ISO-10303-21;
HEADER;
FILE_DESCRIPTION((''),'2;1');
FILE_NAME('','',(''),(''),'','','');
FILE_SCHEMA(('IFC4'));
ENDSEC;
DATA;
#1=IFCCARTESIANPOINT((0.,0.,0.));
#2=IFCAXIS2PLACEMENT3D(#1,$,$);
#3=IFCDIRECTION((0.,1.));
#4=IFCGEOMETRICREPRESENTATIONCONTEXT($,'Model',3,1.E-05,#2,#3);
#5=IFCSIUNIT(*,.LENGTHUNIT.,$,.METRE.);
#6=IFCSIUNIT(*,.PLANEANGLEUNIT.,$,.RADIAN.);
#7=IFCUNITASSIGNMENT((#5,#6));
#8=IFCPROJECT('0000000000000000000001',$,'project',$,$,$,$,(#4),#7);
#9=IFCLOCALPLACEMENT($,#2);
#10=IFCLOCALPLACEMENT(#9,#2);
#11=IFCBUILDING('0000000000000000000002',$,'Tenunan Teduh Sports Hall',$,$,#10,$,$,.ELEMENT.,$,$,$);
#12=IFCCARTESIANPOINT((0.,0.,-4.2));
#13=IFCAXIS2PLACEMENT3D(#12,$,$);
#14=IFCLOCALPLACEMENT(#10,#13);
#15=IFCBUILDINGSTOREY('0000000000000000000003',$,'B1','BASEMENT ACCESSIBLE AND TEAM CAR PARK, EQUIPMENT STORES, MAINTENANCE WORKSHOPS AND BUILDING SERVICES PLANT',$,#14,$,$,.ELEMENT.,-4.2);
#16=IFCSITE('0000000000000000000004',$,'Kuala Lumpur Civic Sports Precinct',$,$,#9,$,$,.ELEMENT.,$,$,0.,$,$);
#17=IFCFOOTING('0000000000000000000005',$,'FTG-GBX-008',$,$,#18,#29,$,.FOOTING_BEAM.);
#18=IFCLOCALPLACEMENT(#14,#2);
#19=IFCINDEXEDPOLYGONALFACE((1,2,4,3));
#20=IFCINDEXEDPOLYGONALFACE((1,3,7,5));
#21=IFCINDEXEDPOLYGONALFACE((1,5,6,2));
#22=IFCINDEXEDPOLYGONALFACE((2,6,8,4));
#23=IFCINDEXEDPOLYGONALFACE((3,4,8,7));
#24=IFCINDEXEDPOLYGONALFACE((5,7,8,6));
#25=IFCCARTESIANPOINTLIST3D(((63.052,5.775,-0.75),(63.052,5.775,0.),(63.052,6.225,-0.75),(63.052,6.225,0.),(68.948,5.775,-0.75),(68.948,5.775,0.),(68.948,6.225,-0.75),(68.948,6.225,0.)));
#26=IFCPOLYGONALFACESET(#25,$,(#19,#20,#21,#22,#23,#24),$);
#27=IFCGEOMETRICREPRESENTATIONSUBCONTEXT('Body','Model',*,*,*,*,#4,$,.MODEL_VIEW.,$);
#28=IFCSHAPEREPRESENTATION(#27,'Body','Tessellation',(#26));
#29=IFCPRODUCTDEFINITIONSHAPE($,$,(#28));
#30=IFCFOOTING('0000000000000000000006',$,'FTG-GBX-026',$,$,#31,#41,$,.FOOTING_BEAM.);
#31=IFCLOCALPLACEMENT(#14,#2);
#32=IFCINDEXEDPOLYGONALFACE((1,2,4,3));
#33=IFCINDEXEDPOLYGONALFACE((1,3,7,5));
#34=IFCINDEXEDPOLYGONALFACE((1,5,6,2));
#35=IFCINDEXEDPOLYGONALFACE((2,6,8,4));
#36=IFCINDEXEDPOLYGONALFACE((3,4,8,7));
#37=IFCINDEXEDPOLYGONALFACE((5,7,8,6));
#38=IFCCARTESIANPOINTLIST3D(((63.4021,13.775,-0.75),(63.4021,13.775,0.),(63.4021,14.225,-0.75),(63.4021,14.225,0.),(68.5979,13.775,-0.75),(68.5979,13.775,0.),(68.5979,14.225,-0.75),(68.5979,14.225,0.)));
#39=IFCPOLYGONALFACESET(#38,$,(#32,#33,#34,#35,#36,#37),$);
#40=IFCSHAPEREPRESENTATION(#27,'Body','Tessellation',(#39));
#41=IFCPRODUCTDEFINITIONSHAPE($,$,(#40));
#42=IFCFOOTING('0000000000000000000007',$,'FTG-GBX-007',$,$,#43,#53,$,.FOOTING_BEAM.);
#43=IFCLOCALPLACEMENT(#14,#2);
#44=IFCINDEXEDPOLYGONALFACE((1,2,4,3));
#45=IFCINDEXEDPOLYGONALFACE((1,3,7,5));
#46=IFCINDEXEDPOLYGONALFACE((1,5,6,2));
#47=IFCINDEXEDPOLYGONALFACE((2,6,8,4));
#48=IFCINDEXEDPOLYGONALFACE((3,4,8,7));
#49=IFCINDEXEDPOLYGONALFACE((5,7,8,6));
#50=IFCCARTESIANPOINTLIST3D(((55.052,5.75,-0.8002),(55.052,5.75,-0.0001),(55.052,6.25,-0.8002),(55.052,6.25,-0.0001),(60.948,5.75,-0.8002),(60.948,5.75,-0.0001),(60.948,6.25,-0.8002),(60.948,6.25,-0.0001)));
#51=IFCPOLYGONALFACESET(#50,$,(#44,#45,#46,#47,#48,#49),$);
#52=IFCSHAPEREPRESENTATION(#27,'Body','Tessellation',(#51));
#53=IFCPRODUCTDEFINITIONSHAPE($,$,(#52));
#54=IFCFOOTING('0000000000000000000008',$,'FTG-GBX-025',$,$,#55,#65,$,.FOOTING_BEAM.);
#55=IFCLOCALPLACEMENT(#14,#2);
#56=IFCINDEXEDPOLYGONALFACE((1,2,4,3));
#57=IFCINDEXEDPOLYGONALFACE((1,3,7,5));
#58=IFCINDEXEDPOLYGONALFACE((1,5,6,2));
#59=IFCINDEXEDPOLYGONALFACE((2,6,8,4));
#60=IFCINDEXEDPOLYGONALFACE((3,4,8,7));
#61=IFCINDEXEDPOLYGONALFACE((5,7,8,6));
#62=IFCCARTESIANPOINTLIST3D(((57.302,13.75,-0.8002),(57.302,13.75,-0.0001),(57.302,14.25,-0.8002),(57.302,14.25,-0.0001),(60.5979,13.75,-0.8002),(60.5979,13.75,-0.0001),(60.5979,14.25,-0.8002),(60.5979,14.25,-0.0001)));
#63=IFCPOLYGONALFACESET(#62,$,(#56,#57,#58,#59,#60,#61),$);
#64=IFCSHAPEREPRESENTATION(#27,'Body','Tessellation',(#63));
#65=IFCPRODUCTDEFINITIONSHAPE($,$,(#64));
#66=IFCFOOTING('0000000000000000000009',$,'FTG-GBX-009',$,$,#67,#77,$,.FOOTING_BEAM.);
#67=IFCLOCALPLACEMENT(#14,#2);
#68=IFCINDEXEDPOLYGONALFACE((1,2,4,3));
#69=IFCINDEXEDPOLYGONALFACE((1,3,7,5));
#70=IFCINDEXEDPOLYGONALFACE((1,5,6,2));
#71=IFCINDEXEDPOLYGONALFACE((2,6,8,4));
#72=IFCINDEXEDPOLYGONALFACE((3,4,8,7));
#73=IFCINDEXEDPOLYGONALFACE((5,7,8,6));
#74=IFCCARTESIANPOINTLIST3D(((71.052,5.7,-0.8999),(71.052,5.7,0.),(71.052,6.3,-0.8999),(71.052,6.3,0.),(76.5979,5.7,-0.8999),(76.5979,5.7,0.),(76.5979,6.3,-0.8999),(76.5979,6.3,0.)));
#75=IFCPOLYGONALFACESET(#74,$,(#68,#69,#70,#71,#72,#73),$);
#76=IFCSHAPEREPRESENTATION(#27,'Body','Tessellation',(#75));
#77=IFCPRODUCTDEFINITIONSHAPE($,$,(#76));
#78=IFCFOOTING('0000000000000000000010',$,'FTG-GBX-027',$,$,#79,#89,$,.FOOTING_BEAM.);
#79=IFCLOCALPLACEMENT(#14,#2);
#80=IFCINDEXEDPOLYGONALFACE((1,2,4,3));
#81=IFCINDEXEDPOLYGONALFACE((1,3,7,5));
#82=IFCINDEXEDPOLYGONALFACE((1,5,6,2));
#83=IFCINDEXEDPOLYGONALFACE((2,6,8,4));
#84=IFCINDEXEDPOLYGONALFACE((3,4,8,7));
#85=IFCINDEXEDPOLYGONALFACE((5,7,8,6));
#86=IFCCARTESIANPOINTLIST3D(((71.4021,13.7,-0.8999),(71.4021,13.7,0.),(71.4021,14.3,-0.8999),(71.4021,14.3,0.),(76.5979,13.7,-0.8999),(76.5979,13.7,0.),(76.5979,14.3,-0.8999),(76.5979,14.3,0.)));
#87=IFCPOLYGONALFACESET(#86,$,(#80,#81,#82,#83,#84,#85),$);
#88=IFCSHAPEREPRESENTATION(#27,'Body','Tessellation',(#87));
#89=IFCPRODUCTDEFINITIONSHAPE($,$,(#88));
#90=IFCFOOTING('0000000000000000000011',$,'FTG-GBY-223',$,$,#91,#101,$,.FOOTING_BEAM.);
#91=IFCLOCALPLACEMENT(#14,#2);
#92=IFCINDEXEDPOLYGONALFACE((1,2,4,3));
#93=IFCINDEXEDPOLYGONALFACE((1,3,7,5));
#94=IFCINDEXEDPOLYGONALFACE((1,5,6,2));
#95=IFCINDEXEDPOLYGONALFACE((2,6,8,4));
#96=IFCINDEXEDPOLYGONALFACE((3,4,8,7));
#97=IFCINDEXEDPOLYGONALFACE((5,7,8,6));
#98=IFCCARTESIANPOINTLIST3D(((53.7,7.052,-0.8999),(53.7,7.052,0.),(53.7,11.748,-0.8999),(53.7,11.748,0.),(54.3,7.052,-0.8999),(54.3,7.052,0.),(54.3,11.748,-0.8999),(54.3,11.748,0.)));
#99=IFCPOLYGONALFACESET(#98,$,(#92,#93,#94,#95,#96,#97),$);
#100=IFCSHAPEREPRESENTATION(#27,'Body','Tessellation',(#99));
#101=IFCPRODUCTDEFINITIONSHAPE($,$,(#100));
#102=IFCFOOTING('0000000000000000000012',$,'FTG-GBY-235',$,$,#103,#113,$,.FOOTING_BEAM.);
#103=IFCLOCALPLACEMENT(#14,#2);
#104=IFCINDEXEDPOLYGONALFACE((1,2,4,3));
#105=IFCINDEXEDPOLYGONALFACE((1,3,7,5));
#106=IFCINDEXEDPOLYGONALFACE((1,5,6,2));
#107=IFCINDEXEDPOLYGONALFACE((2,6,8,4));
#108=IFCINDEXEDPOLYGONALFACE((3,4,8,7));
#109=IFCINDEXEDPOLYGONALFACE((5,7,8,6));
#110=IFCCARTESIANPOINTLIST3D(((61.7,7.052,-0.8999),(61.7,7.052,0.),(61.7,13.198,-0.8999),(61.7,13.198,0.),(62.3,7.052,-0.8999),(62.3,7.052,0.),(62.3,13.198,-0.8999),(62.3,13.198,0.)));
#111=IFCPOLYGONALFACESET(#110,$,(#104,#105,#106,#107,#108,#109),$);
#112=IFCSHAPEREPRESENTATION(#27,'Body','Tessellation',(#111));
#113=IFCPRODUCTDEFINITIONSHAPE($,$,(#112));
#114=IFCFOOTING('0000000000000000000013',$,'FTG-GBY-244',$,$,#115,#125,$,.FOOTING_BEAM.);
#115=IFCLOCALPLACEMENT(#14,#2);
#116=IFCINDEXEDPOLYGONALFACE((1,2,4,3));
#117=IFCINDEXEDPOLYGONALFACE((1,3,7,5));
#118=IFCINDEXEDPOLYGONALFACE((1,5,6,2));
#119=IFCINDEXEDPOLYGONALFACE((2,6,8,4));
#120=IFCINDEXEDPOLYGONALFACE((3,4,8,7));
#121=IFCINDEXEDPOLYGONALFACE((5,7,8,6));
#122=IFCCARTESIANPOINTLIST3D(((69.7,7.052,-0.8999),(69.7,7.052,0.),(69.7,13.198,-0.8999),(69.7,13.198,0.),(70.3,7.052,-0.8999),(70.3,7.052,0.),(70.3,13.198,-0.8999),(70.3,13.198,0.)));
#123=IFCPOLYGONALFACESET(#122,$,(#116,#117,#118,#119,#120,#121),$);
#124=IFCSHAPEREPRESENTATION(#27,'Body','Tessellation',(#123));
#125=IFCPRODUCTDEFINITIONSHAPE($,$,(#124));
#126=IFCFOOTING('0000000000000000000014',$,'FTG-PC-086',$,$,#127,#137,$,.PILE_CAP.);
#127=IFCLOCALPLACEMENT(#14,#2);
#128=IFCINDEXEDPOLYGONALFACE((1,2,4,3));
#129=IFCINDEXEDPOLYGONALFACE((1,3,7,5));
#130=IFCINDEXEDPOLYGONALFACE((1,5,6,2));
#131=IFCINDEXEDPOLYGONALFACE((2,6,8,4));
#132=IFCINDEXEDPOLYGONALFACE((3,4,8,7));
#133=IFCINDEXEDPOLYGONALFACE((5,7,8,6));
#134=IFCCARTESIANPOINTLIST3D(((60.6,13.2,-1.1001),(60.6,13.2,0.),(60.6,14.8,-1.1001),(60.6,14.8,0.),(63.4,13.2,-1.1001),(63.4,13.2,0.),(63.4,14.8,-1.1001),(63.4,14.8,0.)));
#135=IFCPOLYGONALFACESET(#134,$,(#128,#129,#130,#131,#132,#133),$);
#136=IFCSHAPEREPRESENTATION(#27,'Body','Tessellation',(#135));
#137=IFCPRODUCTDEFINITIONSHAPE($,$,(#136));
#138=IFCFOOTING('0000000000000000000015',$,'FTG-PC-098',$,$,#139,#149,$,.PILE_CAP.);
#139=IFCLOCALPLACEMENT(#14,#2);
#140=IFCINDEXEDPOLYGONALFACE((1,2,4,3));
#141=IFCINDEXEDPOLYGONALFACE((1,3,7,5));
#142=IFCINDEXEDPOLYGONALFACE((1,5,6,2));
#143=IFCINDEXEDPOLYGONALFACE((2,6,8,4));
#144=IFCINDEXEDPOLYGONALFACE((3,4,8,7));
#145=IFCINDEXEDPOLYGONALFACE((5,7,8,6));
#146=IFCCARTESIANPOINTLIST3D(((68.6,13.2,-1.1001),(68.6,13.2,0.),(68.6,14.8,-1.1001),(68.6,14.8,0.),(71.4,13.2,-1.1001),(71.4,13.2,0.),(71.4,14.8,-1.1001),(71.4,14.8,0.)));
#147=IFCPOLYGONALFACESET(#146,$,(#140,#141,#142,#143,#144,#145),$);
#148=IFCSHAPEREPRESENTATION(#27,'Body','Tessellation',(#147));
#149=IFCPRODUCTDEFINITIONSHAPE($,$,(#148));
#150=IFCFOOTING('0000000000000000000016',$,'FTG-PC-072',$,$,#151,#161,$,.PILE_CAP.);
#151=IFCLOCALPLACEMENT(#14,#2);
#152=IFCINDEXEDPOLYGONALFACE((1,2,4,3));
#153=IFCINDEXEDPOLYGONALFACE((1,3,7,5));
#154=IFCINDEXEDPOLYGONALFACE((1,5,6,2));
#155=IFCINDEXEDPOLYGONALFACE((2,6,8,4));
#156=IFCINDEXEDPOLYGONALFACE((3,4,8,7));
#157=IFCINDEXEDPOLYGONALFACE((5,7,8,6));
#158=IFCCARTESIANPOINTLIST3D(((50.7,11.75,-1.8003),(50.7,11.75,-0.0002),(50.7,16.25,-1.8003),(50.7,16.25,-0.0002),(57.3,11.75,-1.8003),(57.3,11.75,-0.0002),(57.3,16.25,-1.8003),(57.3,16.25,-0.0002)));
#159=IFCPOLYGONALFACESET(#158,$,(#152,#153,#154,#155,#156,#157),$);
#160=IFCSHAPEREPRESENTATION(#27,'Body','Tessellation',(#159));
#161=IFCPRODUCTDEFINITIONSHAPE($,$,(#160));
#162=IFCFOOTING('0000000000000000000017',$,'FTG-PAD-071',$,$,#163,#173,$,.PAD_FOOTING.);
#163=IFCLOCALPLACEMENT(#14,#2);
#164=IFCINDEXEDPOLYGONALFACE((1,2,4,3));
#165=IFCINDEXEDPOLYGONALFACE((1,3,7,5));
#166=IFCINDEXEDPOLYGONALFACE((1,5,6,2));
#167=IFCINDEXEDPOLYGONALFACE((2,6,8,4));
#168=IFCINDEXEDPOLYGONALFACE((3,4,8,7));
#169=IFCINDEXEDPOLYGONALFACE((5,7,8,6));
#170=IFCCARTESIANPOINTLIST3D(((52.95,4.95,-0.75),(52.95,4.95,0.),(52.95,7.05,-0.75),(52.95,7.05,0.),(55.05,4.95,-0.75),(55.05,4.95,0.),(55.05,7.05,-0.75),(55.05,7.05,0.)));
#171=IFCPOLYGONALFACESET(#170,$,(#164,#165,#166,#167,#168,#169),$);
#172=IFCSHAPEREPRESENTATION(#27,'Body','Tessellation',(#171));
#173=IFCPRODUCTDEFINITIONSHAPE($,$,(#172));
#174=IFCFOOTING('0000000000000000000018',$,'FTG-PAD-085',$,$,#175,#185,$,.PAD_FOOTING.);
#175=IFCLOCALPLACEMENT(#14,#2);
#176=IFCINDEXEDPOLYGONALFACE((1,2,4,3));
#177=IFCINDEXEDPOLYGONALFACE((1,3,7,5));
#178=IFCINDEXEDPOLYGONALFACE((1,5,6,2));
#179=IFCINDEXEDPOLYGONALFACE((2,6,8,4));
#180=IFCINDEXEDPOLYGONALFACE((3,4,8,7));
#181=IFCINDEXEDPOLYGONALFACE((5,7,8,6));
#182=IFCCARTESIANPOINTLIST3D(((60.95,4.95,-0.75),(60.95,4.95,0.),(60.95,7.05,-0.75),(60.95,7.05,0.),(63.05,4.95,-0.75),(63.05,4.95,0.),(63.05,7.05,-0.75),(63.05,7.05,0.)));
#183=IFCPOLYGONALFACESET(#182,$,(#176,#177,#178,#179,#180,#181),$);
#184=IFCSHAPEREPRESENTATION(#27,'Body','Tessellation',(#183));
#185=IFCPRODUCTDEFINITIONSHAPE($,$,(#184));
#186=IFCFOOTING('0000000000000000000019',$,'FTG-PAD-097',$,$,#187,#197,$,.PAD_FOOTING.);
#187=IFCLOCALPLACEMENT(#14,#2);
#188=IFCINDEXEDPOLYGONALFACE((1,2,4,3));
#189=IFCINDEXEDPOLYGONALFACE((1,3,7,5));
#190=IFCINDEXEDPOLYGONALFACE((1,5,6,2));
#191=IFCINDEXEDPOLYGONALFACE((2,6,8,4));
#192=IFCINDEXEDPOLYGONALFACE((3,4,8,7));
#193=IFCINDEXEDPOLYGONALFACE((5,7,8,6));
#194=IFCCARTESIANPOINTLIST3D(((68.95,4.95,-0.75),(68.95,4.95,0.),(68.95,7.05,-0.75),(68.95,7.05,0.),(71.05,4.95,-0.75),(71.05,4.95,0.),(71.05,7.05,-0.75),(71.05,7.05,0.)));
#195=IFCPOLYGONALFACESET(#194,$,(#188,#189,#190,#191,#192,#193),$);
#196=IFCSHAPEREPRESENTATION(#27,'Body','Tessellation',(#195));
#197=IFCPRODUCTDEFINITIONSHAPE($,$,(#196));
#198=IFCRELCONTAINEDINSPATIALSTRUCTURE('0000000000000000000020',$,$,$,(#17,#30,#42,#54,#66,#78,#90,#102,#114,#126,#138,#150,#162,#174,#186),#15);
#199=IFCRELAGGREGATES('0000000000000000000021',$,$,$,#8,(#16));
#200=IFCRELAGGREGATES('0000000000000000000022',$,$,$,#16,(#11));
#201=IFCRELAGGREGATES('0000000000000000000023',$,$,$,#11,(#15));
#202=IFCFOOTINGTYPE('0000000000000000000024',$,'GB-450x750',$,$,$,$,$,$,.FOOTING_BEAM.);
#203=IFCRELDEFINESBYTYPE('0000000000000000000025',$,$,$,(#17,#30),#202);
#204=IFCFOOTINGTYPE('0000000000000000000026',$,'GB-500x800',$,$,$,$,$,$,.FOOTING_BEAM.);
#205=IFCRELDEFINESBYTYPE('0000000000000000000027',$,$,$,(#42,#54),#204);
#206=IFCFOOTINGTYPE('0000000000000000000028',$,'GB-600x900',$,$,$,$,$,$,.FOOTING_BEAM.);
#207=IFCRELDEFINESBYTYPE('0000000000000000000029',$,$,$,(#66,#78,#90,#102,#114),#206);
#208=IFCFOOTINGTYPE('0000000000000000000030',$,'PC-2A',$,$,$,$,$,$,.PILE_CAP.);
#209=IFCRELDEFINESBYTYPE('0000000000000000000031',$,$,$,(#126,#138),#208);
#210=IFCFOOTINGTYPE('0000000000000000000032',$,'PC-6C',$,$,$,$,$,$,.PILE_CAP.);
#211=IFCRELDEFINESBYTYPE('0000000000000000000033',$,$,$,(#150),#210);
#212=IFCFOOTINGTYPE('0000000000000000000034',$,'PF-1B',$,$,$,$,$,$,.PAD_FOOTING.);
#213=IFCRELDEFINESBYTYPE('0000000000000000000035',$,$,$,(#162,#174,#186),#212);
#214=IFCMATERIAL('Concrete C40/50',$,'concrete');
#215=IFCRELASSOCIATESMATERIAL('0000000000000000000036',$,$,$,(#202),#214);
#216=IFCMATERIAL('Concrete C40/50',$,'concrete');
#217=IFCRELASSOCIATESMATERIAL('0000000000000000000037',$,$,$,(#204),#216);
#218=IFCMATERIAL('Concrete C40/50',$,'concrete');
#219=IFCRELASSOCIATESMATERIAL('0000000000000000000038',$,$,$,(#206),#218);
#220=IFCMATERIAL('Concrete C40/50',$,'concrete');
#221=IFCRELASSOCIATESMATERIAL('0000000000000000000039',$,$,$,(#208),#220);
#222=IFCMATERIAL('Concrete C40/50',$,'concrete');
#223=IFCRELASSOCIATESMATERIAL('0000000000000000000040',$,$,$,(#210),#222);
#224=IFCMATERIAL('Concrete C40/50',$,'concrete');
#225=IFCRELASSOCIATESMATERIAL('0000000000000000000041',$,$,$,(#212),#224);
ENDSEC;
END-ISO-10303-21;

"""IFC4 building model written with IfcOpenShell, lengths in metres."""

from ifc_helpers import new_model, si_unit, direction, frame, origin, origin_2d, place, context, subcontext, project, spatial, rectangle, extrude, material, material_profile, profile_set, type_object, element, save


model = new_model("IFC4")

# Units and contexts
model_context = context("Model", 3, precision=1e-05, world=origin(), true_north=direction((0.0, 1.0)))
body_context = subcontext(model_context, "Body", "Model", "MODEL_VIEW")
ifc_project = project(units=[si_unit("LENGTHUNIT", "METRE"), si_unit("PLANEANGLEUNIT", "RADIAN")], contexts=[model_context])

# Site, building, storey
site_placement = place(None, origin())
site = spatial("IfcSite", under=ifc_project, at=site_placement, Name="Kuala Lumpur Civic Sports Precinct", CompositionType="ELEMENT", RefElevation=0.0)
building_placement = place(site_placement, origin())
building = spatial("IfcBuilding", under=site, at=building_placement, Name="Tenunan Teduh Sports Hall", CompositionType="ELEMENT")
storey_placement = place(building_placement, frame((0.0, 0.0, -4.2)))
storey = spatial("IfcBuildingStorey", under=building, at=storey_placement, Name="B1", Description="BASEMENT ACCESSIBLE AND TEAM CAR PARK, EQUIPMENT STORES, MAINTENANCE WORKSHOPS AND BUILDING SERVICES PLANT", CompositionType="ELEMENT", Elevation=-4.2)

# Footings
ifc_material_1 = material(Name="Concrete C40/50", Category="concrete")
ifc_material_profile_1 = material_profile(ifc_material_1, rectangle(XDim=0.45, YDim=0.75, at=origin_2d()), Name="RCB 450x750")
ifc_profile_set_1 = profile_set([ifc_material_profile_1], Name="Concrete C40/50")
footing_type_1 = type_object("IfcFootingType", Name="GB-450x750", PredefinedType="FOOTING_BEAM", material=ifc_profile_set_1)
footing_1_placement = place(storey_placement, frame((63.052, 6.0, -0.375), z_axis=(1.0, 0.0, 0.0), x_axis=(0.0, 1.0, 0.0)))
element("IfcFooting", 1, at=footing_1_placement, inside=storey, type_object=footing_type_1, Name="FTG-GBX-008", PredefinedType="FOOTING_BEAM", context=body_context, shape_type="SweptSolid", body=[
    extrude(rectangle(XDim=0.45, YDim=0.75, at=origin_2d()), origin(), (0.0, 0.0, 1.0), 5.896),
])
footing_2_placement = place(storey_placement, frame((63.4021, 14.0, -0.375), z_axis=(1.0, 0.0, 0.0), x_axis=(0.0, 1.0, 0.0)))
element("IfcFooting", 2, at=footing_2_placement, inside=storey, type_object=footing_type_1, Name="FTG-GBX-026", PredefinedType="FOOTING_BEAM", context=body_context, shape_type="SweptSolid", body=[
    extrude(rectangle(XDim=0.45, YDim=0.75, at=origin_2d()), origin(), (0.0, 0.0, 1.0), 5.1958),
])
ifc_material_2 = material(Name="Concrete C40/50", Category="concrete")
ifc_material_profile_2 = material_profile(ifc_material_2, rectangle(XDim=0.5, YDim=0.8, at=origin_2d()), Name="RCB 500x800")
ifc_profile_set_2 = profile_set([ifc_material_profile_2], Name="Concrete C40/50")
footing_type_2 = type_object("IfcFootingType", Name="GB-500x800", PredefinedType="FOOTING_BEAM", material=ifc_profile_set_2)
footing_3_placement = place(storey_placement, frame((55.052, 6.0, -0.4001), z_axis=(1.0, 0.0, 0.0), x_axis=(0.0, 1.0, 0.0)))
element("IfcFooting", 3, at=footing_3_placement, inside=storey, type_object=footing_type_2, Name="FTG-GBX-007", PredefinedType="FOOTING_BEAM", context=body_context, shape_type="SweptSolid", body=[
    extrude(rectangle(XDim=0.5, YDim=0.8, at=origin_2d()), origin(), (0.0, 0.0, 1.0), 5.896),
])
footing_4_placement = place(storey_placement, frame((57.302, 14.0, -0.4001), z_axis=(1.0, 0.0, 0.0), x_axis=(0.0, 1.0, 0.0)))
element("IfcFooting", 4, at=footing_4_placement, inside=storey, type_object=footing_type_2, Name="FTG-GBX-025", PredefinedType="FOOTING_BEAM", context=body_context, shape_type="SweptSolid", body=[
    extrude(rectangle(XDim=0.5, YDim=0.8, at=origin_2d()), origin(), (0.0, 0.0, 1.0), 3.2959),
])
ifc_material_3 = material(Name="Concrete C40/50", Category="concrete")
ifc_material_profile_3 = material_profile(ifc_material_3, rectangle(XDim=0.6001, YDim=0.8999, at=origin_2d()), Name="RCB 600x900")
ifc_profile_set_3 = profile_set([ifc_material_profile_3], Name="Concrete C40/50")
footing_type_3 = type_object("IfcFootingType", Name="GB-600x900", PredefinedType="FOOTING_BEAM", material=ifc_profile_set_3)
footing_5_placement = place(storey_placement, frame((71.052, 6.0, -0.45), z_axis=(1.0, 0.0, 0.0), x_axis=(0.0, 1.0, 0.0)))
element("IfcFooting", 5, at=footing_5_placement, inside=storey, type_object=footing_type_3, Name="FTG-GBX-009", PredefinedType="FOOTING_BEAM", context=body_context, shape_type="SweptSolid", body=[
    extrude(rectangle(XDim=0.6001, YDim=0.8999, at=origin_2d()), origin(), (0.0, 0.0, 1.0), 5.5459),
])
footing_6_placement = place(storey_placement, frame((71.4021, 14.0, -0.45), z_axis=(1.0, 0.0, 0.0), x_axis=(0.0, 1.0, 0.0)))
element("IfcFooting", 6, at=footing_6_placement, inside=storey, type_object=footing_type_3, Name="FTG-GBX-027", PredefinedType="FOOTING_BEAM", context=body_context, shape_type="SweptSolid", body=[
    extrude(rectangle(XDim=0.6001, YDim=0.8999, at=origin_2d()), origin(), (0.0, 0.0, 1.0), 5.1958),
])
footing_7_placement = place(storey_placement, frame((54.0, 7.052, -0.45), z_axis=(0.0, 1.0, 0.0), x_axis=(-1.0, 0.0, 0.0)))
element("IfcFooting", 7, at=footing_7_placement, inside=storey, type_object=footing_type_3, Name="FTG-GBY-223", PredefinedType="FOOTING_BEAM", context=body_context, shape_type="SweptSolid", body=[
    extrude(rectangle(XDim=0.6001, YDim=0.8999, at=origin_2d()), origin(), (0.0, 0.0, 1.0), 4.696),
])
for number, where, z_axis, x_axis, name in (
    (8, (62.0, 7.052, -0.45), (0.0, 1.0, 0.0), (-1.0, 0.0, 0.0), "FTG-GBY-235"),
    (9, (70.0, 7.052, -0.45), (0.0, 1.0, 0.0), (-1.0, 0.0, 0.0), "FTG-GBY-244"),
):
    element("IfcFooting", number, at=place(storey_placement, frame(where, z_axis=z_axis, x_axis=x_axis)), inside=storey, type_object=footing_type_3, Name=name, PredefinedType="FOOTING_BEAM", context=body_context, shape_type="SweptSolid", body=[
        extrude(rectangle(XDim=0.6001, YDim=0.8999, at=origin_2d()), origin(), (0.0, 0.0, 1.0), 6.146),
    ])
ifc_material_4 = material(Name="Concrete C40/50", Category="concrete")
footing_type_4 = type_object("IfcFootingType", Name="PC-2A", PredefinedType="PILE_CAP", material=ifc_material_4)
for number, where, z_axis, x_axis, name in (
    (10, (62.0, 14.0, -1.1001), (0.0, 0.0, 1.0), (1.0, 0.0, 0.0), "FTG-PC-086"),
    (11, (70.0, 14.0, -1.1001), (0.0, 0.0, 1.0), (1.0, 0.0, 0.0), "FTG-PC-098"),
):
    element("IfcFooting", number, at=place(storey_placement, frame(where, z_axis=z_axis, x_axis=x_axis)), inside=storey, type_object=footing_type_4, Name=name, PredefinedType="PILE_CAP", context=body_context, shape_type="SweptSolid", body=[
        extrude(rectangle(XDim=2.8, YDim=1.6001, at=origin_2d()), origin(), (0.0, 0.0, 1.0), 1.1001),
    ])
ifc_material_5 = material(Name="Concrete C40/50", Category="concrete")
footing_type_5 = type_object("IfcFootingType", Name="PC-6C", PredefinedType="PILE_CAP", material=ifc_material_5)
footing_8_placement = place(storey_placement, frame((54.0, 14.0, -1.8003), z_axis=(0.0, 0.0, 1.0), x_axis=(1.0, 0.0, 0.0)))
element("IfcFooting", 12, at=footing_8_placement, inside=storey, type_object=footing_type_5, Name="FTG-PC-072", PredefinedType="PILE_CAP", context=body_context, shape_type="SweptSolid", body=[
    extrude(rectangle(XDim=6.6001, YDim=4.5, at=origin_2d()), origin(), (0.0, 0.0, 1.0), 1.8),
])
ifc_material_6 = material(Name="Concrete C40/50", Category="concrete")
footing_type_6 = type_object("IfcFootingType", Name="PF-1B", PredefinedType="PAD_FOOTING", material=ifc_material_6)
for number, where, z_axis, x_axis, name in (
    (13, (54.0, 6.0, -0.75), (0.0, 0.0, 1.0), (1.0, 0.0, 0.0), "FTG-PAD-071"),
    (14, (62.0, 6.0, -0.75), (0.0, 0.0, 1.0), (1.0, 0.0, 0.0), "FTG-PAD-085"),
    (15, (70.0, 6.0, -0.75), (0.0, 0.0, 1.0), (1.0, 0.0, 0.0), "FTG-PAD-097"),
):
    element("IfcFooting", number, at=place(storey_placement, frame(where, z_axis=z_axis, x_axis=x_axis)), inside=storey, type_object=footing_type_6, Name=name, PredefinedType="PAD_FOOTING", context=body_context, shape_type="SweptSolid", body=[
        extrude(rectangle(XDim=2.1001, YDim=2.1001, at=origin_2d()), origin(), (0.0, 0.0, 1.0), 0.75),
    ])

save(model, "model.ifc")
